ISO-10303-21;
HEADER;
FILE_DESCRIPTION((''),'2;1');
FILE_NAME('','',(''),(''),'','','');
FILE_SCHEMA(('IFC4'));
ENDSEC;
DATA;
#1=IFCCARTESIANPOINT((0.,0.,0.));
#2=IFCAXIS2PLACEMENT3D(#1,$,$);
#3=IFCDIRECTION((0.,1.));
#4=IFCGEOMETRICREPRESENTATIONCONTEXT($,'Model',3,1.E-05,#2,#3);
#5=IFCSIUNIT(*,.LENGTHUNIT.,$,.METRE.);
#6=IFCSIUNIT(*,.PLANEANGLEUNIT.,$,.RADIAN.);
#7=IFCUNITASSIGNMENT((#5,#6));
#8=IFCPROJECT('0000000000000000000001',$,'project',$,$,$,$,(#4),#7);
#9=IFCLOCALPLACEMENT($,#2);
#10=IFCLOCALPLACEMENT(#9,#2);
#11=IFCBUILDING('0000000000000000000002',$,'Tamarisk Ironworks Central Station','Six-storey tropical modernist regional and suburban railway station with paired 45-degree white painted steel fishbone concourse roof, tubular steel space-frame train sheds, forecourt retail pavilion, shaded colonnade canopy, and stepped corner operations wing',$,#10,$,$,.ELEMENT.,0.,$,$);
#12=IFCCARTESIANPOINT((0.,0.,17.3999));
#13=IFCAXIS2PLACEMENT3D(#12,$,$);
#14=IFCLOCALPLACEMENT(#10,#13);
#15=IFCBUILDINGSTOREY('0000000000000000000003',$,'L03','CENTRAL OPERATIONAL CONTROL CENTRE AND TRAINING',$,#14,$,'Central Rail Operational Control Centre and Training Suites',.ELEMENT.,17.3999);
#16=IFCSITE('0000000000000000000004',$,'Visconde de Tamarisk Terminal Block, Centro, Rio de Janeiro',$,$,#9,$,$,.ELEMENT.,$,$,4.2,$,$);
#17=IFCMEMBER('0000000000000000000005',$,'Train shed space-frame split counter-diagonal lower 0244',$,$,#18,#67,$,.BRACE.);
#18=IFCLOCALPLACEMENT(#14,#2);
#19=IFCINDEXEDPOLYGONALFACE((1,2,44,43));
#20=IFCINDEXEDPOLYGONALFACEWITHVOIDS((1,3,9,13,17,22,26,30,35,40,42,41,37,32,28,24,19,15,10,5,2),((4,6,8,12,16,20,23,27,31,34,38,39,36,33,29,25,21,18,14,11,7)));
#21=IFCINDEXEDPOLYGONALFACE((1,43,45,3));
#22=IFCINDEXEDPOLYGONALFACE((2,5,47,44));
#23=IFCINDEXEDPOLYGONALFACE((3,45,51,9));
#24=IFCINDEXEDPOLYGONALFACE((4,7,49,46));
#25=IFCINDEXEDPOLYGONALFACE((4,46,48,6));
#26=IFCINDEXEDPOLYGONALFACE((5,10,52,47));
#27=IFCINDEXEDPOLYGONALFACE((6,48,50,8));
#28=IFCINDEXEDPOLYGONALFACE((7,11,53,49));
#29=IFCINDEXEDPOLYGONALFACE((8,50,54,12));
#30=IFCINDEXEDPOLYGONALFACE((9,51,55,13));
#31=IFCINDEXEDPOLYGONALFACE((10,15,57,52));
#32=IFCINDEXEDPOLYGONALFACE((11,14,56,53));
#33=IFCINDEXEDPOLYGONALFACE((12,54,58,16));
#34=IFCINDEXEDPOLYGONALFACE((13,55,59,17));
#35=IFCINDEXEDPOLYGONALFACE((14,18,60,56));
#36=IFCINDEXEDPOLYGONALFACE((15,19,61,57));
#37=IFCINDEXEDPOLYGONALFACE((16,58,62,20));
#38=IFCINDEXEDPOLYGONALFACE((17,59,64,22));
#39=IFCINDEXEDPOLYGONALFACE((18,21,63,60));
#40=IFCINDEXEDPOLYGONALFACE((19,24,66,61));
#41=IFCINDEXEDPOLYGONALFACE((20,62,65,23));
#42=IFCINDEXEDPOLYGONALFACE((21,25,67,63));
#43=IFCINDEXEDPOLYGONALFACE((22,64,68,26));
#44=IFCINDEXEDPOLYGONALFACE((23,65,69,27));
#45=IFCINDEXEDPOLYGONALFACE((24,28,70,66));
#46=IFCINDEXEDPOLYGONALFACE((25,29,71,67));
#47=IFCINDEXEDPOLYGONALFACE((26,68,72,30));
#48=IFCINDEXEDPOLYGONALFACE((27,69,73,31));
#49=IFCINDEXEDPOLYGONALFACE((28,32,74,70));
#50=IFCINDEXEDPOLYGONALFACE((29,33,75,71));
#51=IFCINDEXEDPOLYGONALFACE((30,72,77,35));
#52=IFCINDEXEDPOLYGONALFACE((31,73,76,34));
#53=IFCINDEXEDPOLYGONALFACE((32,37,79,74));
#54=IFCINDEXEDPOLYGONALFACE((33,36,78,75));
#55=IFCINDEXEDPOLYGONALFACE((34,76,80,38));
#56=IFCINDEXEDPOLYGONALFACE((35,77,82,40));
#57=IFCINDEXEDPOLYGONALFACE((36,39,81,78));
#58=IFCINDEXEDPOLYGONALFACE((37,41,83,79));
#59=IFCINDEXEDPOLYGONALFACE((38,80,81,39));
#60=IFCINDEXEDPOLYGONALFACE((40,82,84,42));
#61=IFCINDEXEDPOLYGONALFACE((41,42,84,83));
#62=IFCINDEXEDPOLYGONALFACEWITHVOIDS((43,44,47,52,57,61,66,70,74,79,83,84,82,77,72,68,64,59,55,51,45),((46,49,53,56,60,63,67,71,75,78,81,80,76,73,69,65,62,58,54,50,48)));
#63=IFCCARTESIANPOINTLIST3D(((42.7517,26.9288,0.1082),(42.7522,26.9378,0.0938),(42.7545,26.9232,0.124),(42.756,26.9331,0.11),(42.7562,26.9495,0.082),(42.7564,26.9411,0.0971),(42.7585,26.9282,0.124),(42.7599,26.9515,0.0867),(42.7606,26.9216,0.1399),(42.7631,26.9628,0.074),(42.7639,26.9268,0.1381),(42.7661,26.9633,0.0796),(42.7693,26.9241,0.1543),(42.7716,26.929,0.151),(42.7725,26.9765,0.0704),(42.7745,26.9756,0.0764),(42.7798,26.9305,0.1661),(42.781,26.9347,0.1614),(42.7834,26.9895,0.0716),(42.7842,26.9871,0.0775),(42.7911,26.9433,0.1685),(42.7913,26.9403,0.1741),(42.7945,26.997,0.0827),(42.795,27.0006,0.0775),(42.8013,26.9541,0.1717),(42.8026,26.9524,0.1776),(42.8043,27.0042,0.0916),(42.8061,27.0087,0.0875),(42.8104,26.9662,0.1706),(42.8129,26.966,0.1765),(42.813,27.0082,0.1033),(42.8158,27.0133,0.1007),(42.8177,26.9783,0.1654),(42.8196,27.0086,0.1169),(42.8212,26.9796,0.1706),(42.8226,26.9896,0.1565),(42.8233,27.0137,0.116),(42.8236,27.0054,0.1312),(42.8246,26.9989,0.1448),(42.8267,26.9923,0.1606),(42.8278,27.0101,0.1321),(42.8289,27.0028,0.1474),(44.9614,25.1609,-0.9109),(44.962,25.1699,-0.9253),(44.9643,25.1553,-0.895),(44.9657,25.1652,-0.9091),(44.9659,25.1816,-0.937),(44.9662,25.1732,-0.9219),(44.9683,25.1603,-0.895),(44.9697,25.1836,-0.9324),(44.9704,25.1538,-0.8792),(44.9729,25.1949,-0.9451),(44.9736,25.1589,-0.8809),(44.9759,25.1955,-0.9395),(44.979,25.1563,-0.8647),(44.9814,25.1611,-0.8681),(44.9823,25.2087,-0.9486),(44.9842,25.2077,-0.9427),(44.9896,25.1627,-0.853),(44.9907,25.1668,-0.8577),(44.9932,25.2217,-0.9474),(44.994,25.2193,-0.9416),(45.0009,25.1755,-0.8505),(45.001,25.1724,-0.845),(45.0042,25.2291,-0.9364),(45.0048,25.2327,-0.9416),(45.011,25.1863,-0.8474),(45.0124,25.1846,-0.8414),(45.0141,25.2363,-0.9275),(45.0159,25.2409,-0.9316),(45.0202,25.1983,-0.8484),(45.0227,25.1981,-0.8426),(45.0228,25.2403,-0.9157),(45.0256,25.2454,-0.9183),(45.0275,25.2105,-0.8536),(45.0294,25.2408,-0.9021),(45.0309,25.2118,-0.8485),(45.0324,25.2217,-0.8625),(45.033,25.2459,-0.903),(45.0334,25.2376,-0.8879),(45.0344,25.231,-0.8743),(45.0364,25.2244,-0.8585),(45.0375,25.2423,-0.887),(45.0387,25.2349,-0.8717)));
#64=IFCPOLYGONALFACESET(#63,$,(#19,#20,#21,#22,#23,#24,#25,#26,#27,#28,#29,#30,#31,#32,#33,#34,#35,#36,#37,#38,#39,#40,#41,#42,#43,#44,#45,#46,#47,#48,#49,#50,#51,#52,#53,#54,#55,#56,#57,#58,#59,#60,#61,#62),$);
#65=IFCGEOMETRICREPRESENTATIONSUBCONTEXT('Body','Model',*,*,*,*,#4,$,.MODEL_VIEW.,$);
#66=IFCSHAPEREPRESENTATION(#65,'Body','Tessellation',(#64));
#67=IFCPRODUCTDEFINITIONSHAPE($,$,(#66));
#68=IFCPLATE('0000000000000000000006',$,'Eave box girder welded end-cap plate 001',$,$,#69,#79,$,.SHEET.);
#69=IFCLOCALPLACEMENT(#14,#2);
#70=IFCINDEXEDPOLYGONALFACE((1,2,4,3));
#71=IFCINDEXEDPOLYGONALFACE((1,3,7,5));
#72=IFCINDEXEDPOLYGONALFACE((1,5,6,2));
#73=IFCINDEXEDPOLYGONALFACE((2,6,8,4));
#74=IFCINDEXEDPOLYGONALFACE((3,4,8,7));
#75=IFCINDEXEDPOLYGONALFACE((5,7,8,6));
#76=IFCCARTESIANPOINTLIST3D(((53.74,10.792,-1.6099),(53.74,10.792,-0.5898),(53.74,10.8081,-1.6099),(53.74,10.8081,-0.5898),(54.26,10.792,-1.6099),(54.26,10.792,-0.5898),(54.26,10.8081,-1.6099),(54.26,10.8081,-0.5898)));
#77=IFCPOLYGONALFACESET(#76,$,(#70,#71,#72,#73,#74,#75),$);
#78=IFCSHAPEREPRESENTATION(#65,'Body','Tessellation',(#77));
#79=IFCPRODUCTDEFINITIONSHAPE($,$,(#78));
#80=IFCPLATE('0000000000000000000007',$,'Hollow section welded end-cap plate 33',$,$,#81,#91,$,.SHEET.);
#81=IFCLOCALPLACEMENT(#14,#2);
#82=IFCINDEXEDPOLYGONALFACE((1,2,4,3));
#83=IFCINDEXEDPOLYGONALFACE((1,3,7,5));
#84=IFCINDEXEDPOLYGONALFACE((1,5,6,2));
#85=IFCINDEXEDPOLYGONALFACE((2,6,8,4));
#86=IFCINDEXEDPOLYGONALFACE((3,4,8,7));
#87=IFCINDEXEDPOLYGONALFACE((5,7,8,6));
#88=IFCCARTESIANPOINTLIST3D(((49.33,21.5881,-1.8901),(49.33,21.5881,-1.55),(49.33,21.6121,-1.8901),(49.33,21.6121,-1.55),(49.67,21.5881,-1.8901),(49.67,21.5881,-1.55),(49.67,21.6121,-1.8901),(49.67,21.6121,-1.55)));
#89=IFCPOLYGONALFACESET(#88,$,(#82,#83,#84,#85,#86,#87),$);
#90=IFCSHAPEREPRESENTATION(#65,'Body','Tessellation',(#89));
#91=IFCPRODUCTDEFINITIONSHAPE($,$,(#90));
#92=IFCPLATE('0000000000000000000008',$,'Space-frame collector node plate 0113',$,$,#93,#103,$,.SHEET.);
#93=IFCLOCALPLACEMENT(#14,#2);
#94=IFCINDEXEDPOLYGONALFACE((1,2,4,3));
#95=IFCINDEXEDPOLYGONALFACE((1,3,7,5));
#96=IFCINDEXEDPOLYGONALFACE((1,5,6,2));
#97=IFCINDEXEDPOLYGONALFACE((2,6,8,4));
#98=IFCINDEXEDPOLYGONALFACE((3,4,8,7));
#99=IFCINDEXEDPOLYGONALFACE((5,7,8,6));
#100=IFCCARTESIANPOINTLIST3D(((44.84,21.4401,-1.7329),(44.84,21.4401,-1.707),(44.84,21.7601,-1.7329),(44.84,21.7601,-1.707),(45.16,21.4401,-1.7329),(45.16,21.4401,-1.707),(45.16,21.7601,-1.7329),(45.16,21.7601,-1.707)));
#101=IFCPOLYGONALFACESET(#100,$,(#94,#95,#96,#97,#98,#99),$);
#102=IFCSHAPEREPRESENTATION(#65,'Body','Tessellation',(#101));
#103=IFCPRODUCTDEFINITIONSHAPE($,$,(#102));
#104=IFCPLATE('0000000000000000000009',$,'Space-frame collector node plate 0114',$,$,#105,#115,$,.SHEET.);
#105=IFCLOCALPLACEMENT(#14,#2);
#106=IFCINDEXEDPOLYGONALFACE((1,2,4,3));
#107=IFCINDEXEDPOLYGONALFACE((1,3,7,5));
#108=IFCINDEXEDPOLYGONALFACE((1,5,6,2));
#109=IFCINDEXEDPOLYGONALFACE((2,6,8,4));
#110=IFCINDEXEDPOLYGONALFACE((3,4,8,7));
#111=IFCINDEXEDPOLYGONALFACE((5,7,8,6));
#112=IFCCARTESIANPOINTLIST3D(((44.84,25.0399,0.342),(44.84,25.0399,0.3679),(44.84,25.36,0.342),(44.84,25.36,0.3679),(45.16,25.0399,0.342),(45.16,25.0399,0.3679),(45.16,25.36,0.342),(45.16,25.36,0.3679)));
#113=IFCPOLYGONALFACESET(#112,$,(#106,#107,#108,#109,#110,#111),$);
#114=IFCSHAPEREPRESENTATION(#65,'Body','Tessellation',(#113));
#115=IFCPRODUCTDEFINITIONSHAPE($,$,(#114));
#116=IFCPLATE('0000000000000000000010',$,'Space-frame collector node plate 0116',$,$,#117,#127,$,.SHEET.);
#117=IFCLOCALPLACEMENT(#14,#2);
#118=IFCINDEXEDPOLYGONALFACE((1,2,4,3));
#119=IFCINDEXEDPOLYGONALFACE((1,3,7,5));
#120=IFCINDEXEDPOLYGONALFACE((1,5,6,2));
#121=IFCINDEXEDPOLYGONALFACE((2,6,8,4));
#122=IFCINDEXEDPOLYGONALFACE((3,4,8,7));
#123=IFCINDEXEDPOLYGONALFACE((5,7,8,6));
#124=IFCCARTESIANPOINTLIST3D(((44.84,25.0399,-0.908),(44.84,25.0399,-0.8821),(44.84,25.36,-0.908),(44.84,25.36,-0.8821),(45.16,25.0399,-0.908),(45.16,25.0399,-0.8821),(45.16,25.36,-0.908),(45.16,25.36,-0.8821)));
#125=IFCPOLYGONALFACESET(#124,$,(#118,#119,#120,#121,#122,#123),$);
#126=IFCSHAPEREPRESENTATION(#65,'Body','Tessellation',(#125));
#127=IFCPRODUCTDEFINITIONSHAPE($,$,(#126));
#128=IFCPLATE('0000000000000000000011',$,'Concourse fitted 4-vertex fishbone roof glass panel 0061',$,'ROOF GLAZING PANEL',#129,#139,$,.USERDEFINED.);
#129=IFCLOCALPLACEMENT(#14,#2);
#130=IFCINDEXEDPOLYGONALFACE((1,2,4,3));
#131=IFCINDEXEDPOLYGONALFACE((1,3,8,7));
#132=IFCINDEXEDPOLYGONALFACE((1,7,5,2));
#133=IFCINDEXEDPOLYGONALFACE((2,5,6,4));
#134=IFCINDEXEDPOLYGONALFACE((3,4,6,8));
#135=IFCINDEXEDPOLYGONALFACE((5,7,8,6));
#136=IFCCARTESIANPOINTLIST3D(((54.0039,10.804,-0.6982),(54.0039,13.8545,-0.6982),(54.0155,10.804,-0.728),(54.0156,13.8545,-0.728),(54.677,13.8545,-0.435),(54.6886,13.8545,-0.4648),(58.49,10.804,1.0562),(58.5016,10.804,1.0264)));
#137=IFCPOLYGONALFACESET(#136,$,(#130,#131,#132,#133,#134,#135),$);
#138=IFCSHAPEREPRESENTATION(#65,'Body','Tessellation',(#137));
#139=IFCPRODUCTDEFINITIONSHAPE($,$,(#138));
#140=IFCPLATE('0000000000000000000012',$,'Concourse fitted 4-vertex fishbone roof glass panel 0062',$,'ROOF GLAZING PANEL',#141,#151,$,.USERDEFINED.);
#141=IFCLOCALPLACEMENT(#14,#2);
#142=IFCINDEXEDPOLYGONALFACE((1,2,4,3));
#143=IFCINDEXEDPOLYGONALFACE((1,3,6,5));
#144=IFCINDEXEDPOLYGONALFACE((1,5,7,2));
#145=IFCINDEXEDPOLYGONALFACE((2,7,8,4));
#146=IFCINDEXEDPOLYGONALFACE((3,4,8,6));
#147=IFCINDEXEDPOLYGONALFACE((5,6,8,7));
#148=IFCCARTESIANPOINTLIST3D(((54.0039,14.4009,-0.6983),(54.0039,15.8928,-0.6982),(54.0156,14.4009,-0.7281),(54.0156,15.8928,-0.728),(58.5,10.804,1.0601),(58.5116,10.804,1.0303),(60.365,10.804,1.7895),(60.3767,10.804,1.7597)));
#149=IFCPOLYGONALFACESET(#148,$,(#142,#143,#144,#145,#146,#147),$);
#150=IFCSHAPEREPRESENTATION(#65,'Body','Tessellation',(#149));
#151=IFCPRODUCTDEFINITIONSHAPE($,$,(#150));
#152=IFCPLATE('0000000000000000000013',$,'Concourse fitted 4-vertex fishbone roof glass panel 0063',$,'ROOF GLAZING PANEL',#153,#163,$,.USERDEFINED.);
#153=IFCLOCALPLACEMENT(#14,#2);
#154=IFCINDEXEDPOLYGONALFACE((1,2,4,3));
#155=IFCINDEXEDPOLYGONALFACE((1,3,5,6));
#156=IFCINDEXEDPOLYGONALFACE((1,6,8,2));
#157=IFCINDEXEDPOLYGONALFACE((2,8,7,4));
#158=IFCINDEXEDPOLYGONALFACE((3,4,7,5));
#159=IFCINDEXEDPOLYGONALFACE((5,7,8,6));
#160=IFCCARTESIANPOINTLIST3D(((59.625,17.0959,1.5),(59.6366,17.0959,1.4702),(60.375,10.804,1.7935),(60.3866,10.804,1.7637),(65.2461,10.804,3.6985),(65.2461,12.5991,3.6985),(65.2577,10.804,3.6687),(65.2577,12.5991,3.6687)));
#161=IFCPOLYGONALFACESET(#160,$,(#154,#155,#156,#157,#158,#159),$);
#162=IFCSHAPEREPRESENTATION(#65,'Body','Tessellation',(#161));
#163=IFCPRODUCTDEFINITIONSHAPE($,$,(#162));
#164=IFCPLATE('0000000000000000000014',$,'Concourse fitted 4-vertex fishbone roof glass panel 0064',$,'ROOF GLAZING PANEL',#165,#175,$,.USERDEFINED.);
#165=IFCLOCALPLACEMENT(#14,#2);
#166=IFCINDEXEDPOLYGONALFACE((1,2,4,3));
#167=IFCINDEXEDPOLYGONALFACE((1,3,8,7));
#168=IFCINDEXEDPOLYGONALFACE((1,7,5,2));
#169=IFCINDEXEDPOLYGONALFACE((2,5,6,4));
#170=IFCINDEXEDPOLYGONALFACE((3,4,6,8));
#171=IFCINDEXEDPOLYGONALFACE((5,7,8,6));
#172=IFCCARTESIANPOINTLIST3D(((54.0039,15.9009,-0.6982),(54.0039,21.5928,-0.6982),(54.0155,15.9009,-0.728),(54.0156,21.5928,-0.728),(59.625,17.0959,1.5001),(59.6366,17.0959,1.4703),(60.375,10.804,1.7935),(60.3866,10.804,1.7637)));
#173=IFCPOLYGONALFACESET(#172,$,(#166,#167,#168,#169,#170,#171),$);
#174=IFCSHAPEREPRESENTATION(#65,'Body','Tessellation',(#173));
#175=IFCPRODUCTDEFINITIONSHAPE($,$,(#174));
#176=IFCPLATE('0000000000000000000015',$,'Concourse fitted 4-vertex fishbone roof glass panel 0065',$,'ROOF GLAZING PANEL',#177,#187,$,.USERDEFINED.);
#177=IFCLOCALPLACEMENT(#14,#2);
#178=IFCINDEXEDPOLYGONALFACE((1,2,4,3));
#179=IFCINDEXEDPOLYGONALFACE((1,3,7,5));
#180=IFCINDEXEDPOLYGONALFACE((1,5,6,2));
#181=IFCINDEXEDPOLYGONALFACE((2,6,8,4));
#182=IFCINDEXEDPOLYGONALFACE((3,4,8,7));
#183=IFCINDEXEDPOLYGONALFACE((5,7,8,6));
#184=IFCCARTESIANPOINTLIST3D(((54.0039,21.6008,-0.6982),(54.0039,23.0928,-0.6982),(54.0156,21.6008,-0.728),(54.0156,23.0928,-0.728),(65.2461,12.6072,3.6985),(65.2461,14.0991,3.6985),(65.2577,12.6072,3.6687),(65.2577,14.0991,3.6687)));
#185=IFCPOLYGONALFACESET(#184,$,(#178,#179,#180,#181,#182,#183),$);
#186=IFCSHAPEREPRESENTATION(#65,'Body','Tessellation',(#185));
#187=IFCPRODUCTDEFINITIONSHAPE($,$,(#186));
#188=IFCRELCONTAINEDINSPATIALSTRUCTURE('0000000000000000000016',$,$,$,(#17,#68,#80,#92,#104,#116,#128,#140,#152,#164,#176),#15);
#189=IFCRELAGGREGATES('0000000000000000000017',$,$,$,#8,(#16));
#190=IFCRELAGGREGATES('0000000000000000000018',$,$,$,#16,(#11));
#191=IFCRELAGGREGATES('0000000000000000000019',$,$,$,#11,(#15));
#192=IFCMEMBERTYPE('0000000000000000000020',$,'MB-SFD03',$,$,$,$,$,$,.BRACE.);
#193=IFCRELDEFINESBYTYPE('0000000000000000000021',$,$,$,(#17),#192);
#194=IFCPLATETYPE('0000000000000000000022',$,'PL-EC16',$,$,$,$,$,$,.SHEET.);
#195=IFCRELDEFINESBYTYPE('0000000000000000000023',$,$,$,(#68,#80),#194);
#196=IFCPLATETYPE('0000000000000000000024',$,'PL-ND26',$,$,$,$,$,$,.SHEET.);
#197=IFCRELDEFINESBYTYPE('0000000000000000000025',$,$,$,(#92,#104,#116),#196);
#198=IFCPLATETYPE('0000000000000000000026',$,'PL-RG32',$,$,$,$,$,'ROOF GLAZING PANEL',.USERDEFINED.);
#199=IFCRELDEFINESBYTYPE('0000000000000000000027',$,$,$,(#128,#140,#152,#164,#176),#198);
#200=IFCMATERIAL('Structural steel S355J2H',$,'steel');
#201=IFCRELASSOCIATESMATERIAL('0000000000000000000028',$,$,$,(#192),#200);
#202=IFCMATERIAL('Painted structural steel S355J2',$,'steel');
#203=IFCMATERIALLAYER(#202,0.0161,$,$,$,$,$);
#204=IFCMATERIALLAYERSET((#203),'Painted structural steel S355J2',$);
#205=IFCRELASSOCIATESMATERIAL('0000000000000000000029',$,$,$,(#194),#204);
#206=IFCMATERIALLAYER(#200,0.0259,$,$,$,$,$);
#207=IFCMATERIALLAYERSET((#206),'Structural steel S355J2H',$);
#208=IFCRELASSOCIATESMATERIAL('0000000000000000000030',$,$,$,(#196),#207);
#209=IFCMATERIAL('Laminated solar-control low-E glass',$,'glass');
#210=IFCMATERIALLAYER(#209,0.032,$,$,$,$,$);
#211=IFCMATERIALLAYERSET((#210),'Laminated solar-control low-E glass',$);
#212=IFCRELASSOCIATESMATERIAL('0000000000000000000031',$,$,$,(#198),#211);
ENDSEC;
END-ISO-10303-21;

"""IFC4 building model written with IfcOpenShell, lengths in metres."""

from ifc_helpers import new_model, si_unit, direction, frame, origin, origin_2d, place, context, subcontext, project, spatial, polyline, rectangle, hollow_circle, outline, extrude, material, layer, layer_set, material_profile, profile_set, type_object, element, save


model = new_model("IFC4")

# Units and contexts
model_context = context("Model", 3, precision=1e-05, world=origin(), true_north=direction((0.0, 1.0)))
body_context = subcontext(model_context, "Body", "Model", "MODEL_VIEW")
ifc_project = project(units=[si_unit("LENGTHUNIT", "METRE"), si_unit("PLANEANGLEUNIT", "RADIAN")], contexts=[model_context])

# Site, building, storey
site_placement = place(None, origin())
site = spatial("IfcSite", under=ifc_project, at=site_placement, Name="Visconde de Tamarisk Terminal Block, Centro, Rio de Janeiro", CompositionType="ELEMENT", RefElevation=4.2)
building_placement = place(site_placement, origin())
building = spatial("IfcBuilding", under=site, at=building_placement, Name="Tamarisk Ironworks Central Station", Description="Six-storey tropical modernist regional and suburban railway station with paired 45-degree white painted steel fishbone concourse roof, tubular steel space-frame train sheds, forecourt retail pavilion, shaded colonnade canopy, and stepped corner operations wing", CompositionType="ELEMENT", ElevationOfRefHeight=0.0)
storey_placement = place(building_placement, frame((0.0, 0.0, 17.3999)))
storey = spatial("IfcBuildingStorey", under=building, at=storey_placement, Name="L03", Description="CENTRAL OPERATIONAL CONTROL CENTRE AND TRAINING", LongName="Central Rail Operational Control Centre and Training Suites", CompositionType="ELEMENT", Elevation=17.3999)

# Shared definitions
ifc_material_1 = material(Name="Painted structural steel S355J2", Category="steel")

# Member
ifc_material_2 = material(Name="Structural steel S355J2H", Category="steel")
ifc_material_profile_1 = material_profile(ifc_material_2, hollow_circle(Radius=0.0571, WallThickness=0.0063, at=origin_2d()), Name="CHS 114.3x6.3")
ifc_profile_set_1 = profile_set([ifc_material_profile_1], Name="Structural steel S355J2H")
member_type_1 = type_object("IfcMemberType", Name="MB-SFD03", PredefinedType="BRACE", material=ifc_profile_set_1)
member_1_placement = place(storey_placement, frame((45.0, 25.2, -0.895), z_axis=(-0.734677, 0.587758, 0.338807), x_axis=(-0.624706, -0.78086, 0.0)))
element("IfcMember", 1, at=member_1_placement, inside=storey, type_object=member_type_1, Name="Train shed space-frame split counter-diagonal lower 0244", PredefinedType="BRACE", context=body_context, shape_type="SweptSolid", body=[
    extrude(hollow_circle(Radius=0.0571, WallThickness=0.0063, at=origin_2d()), origin(), (0.0, 0.0, 1.0), 3.0078),
])

# Plates
ifc_layer_1 = layer(ifc_material_1, 0.0161)
ifc_layer_set_1 = layer_set([ifc_layer_1], Name="Painted structural steel S355J2")
plate_type_1 = type_object("IfcPlateType", Name="PL-EC16", PredefinedType="SHEET", material=ifc_layer_set_1)
plate_1_placement = place(storey_placement, frame((54.0, 10.8, -1.6099), z_axis=(0.0, 0.0, 1.0), x_axis=(1.0, 0.0, 0.0)))
element("IfcPlate", 2, at=plate_1_placement, inside=storey, type_object=plate_type_1, Name="Eave box girder welded end-cap plate 001", PredefinedType="SHEET", context=body_context, shape_type="SweptSolid", body=[
    extrude(rectangle(XDim=0.52, YDim=0.0161, at=origin_2d()), origin(), (0.0, 0.0, 1.0), 1.02),
])
plate_2_placement = place(storey_placement, frame((49.5, 21.6001, -1.8901), z_axis=(0.0, 0.0, 1.0), x_axis=(1.0, 0.0, 0.0)))
element("IfcPlate", 3, at=plate_2_placement, inside=storey, type_object=plate_type_1, Name="Hollow section welded end-cap plate 33", PredefinedType="SHEET", context=body_context, shape_type="SweptSolid", body=[
    extrude(rectangle(XDim=0.3401, YDim=0.0239, at=origin_2d()), origin(), (0.0, 0.0, 1.0), 0.3401),
])
ifc_layer_2 = layer(ifc_material_2, 0.0259)
ifc_layer_set_2 = layer_set([ifc_layer_2], Name="Structural steel S355J2H")
plate_type_2 = type_object("IfcPlateType", Name="PL-ND26", PredefinedType="SHEET", material=ifc_layer_set_2)
for number, where, z_axis, x_axis, name in (
    (4, (45.0, 21.6001, -1.7329), (0.0, 0.0, 1.0), (1.0, 0.0, 0.0), "Space-frame collector node plate 0113"),
    (5, (45.0, 25.2, 0.342), (0.0, 0.0, 1.0), (1.0, 0.0, 0.0), "Space-frame collector node plate 0114"),
    (6, (45.0, 25.2, -0.908), (0.0, 0.0, 1.0), (1.0, 0.0, 0.0), "Space-frame collector node plate 0116"),
):
    element("IfcPlate", number, at=place(storey_placement, frame(where, z_axis=z_axis, x_axis=x_axis)), inside=storey, type_object=plate_type_2, Name=name, PredefinedType="SHEET", context=body_context, shape_type="SweptSolid", body=[
        extrude(rectangle(XDim=0.3201, YDim=0.3201, at=origin_2d()), origin(), (0.0, 0.0, 1.0), 0.0259),
    ])
ifc_material_3 = material(Name="Laminated solar-control low-E glass", Category="glass")
ifc_layer_3 = layer(ifc_material_3, 0.032)
ifc_layer_set_3 = layer_set([ifc_layer_3], Name="Laminated solar-control low-E glass")
plate_type_3 = type_object("IfcPlateType", Name="PL-RG32", ElementType="ROOF GLAZING PANEL", PredefinedType="USERDEFINED", material=ifc_layer_set_3)
plate_3_placement = place(storey_placement, frame((54.0039, 13.8545, -0.6982), z_axis=(-0.364207, 0.000013, 0.931318), x_axis=(-0.000005, -1.0, 0.000012)))
element("IfcPlate", 7, at=plate_3_placement, inside=storey, type_object=plate_type_3, Name="Concourse fitted 4-vertex fishbone roof glass panel 0061", ObjectType="ROOF GLAZING PANEL", PredefinedType="USERDEFINED", context=body_context, shape_type="SweptSolid", body=[
    extrude(outline(polyline([(0.0, 0.0), (3.0505, 0.0), (3.0505, 4.8169), (0.0, 0.7227), (0.0, 0.0)])), origin(), (0.0, 0.0, -1.0), 0.032),
])
plate_4_placement = place(storey_placement, frame((58.5, 10.804, 1.0601), z_axis=(-0.364249, -0.000037, 0.931302), x_axis=(0.931302, 0.0, 0.364249)))
element("IfcPlate", 8, at=plate_4_placement, inside=storey, type_object=plate_type_3, Name="Concourse fitted 4-vertex fishbone roof glass panel 0062", ObjectType="ROOF GLAZING PANEL", PredefinedType="USERDEFINED", context=body_context, shape_type="SweptSolid", body=[
    extrude(outline(polyline([(0.0, 0.0), (2.0026, 0.0), (-4.8277, 5.0889), (-4.8277, 3.5969), (0.0, 0.0)])), origin(), (0.0, 0.0, -1.0), 0.032),
])
plate_5_placement = place(storey_placement, frame((60.375, 10.804, 1.7935), z_axis=(-0.36423, 0.000016, 0.931309), x_axis=(0.931309, 0.0, 0.36423)))
element("IfcPlate", 9, at=plate_5_placement, inside=storey, type_object=plate_type_3, Name="Concourse fitted 4-vertex fishbone roof glass panel 0063", ObjectType="ROOF GLAZING PANEL", PredefinedType="USERDEFINED", context=body_context, shape_type="SweptSolid", body=[
    extrude(outline(polyline([(0.0, 0.0), (5.2304, 0.0), (5.2304, 1.7952), (-0.8054, 6.292), (0.0, 0.0)])), origin(), (0.0, 0.0, -1.0), 0.032),
])
plate_6_placement = place(storey_placement, frame((60.375, 10.804, 1.7935), z_axis=(-0.364212, 0.000012, 0.931316), x_axis=(-0.118238, 0.991907, -0.046252)))
element("IfcPlate", 10, at=plate_6_placement, inside=storey, type_object=plate_type_3, Name="Concourse fitted 4-vertex fishbone roof glass panel 0064", ObjectType="ROOF GLAZING PANEL", PredefinedType="USERDEFINED", context=body_context, shape_type="SweptSolid", body=[
    extrude(outline(polyline([(0.0, 0.0), (6.3433, 0.0), (11.5701, 5.4159), (5.9242, 6.1385), (0.0, 0.0)])), origin(), (0.0, 0.0, -1.0), 0.032),
])
plate_7_placement = place(storey_placement, frame((65.2461, 12.6072, 3.6985), z_axis=(-0.364228, 0.0, 0.93131), x_axis=(0.0, 1.0, 0.0)))
element("IfcPlate", 11, at=plate_7_placement, inside=storey, type_object=plate_type_3, Name="Concourse fitted 4-vertex fishbone roof glass panel 0065", ObjectType="ROOF GLAZING PANEL", PredefinedType="USERDEFINED", context=body_context, shape_type="SweptSolid", body=[
    extrude(outline(polyline([(0.0, 0.0), (1.4919, 0.0), (10.4856, 12.0714), (8.9937, 12.0714), (0.0, 0.0)])), origin(), (0.0, 0.0, -1.0), 0.032),
])

save(model, "model.ifc")
